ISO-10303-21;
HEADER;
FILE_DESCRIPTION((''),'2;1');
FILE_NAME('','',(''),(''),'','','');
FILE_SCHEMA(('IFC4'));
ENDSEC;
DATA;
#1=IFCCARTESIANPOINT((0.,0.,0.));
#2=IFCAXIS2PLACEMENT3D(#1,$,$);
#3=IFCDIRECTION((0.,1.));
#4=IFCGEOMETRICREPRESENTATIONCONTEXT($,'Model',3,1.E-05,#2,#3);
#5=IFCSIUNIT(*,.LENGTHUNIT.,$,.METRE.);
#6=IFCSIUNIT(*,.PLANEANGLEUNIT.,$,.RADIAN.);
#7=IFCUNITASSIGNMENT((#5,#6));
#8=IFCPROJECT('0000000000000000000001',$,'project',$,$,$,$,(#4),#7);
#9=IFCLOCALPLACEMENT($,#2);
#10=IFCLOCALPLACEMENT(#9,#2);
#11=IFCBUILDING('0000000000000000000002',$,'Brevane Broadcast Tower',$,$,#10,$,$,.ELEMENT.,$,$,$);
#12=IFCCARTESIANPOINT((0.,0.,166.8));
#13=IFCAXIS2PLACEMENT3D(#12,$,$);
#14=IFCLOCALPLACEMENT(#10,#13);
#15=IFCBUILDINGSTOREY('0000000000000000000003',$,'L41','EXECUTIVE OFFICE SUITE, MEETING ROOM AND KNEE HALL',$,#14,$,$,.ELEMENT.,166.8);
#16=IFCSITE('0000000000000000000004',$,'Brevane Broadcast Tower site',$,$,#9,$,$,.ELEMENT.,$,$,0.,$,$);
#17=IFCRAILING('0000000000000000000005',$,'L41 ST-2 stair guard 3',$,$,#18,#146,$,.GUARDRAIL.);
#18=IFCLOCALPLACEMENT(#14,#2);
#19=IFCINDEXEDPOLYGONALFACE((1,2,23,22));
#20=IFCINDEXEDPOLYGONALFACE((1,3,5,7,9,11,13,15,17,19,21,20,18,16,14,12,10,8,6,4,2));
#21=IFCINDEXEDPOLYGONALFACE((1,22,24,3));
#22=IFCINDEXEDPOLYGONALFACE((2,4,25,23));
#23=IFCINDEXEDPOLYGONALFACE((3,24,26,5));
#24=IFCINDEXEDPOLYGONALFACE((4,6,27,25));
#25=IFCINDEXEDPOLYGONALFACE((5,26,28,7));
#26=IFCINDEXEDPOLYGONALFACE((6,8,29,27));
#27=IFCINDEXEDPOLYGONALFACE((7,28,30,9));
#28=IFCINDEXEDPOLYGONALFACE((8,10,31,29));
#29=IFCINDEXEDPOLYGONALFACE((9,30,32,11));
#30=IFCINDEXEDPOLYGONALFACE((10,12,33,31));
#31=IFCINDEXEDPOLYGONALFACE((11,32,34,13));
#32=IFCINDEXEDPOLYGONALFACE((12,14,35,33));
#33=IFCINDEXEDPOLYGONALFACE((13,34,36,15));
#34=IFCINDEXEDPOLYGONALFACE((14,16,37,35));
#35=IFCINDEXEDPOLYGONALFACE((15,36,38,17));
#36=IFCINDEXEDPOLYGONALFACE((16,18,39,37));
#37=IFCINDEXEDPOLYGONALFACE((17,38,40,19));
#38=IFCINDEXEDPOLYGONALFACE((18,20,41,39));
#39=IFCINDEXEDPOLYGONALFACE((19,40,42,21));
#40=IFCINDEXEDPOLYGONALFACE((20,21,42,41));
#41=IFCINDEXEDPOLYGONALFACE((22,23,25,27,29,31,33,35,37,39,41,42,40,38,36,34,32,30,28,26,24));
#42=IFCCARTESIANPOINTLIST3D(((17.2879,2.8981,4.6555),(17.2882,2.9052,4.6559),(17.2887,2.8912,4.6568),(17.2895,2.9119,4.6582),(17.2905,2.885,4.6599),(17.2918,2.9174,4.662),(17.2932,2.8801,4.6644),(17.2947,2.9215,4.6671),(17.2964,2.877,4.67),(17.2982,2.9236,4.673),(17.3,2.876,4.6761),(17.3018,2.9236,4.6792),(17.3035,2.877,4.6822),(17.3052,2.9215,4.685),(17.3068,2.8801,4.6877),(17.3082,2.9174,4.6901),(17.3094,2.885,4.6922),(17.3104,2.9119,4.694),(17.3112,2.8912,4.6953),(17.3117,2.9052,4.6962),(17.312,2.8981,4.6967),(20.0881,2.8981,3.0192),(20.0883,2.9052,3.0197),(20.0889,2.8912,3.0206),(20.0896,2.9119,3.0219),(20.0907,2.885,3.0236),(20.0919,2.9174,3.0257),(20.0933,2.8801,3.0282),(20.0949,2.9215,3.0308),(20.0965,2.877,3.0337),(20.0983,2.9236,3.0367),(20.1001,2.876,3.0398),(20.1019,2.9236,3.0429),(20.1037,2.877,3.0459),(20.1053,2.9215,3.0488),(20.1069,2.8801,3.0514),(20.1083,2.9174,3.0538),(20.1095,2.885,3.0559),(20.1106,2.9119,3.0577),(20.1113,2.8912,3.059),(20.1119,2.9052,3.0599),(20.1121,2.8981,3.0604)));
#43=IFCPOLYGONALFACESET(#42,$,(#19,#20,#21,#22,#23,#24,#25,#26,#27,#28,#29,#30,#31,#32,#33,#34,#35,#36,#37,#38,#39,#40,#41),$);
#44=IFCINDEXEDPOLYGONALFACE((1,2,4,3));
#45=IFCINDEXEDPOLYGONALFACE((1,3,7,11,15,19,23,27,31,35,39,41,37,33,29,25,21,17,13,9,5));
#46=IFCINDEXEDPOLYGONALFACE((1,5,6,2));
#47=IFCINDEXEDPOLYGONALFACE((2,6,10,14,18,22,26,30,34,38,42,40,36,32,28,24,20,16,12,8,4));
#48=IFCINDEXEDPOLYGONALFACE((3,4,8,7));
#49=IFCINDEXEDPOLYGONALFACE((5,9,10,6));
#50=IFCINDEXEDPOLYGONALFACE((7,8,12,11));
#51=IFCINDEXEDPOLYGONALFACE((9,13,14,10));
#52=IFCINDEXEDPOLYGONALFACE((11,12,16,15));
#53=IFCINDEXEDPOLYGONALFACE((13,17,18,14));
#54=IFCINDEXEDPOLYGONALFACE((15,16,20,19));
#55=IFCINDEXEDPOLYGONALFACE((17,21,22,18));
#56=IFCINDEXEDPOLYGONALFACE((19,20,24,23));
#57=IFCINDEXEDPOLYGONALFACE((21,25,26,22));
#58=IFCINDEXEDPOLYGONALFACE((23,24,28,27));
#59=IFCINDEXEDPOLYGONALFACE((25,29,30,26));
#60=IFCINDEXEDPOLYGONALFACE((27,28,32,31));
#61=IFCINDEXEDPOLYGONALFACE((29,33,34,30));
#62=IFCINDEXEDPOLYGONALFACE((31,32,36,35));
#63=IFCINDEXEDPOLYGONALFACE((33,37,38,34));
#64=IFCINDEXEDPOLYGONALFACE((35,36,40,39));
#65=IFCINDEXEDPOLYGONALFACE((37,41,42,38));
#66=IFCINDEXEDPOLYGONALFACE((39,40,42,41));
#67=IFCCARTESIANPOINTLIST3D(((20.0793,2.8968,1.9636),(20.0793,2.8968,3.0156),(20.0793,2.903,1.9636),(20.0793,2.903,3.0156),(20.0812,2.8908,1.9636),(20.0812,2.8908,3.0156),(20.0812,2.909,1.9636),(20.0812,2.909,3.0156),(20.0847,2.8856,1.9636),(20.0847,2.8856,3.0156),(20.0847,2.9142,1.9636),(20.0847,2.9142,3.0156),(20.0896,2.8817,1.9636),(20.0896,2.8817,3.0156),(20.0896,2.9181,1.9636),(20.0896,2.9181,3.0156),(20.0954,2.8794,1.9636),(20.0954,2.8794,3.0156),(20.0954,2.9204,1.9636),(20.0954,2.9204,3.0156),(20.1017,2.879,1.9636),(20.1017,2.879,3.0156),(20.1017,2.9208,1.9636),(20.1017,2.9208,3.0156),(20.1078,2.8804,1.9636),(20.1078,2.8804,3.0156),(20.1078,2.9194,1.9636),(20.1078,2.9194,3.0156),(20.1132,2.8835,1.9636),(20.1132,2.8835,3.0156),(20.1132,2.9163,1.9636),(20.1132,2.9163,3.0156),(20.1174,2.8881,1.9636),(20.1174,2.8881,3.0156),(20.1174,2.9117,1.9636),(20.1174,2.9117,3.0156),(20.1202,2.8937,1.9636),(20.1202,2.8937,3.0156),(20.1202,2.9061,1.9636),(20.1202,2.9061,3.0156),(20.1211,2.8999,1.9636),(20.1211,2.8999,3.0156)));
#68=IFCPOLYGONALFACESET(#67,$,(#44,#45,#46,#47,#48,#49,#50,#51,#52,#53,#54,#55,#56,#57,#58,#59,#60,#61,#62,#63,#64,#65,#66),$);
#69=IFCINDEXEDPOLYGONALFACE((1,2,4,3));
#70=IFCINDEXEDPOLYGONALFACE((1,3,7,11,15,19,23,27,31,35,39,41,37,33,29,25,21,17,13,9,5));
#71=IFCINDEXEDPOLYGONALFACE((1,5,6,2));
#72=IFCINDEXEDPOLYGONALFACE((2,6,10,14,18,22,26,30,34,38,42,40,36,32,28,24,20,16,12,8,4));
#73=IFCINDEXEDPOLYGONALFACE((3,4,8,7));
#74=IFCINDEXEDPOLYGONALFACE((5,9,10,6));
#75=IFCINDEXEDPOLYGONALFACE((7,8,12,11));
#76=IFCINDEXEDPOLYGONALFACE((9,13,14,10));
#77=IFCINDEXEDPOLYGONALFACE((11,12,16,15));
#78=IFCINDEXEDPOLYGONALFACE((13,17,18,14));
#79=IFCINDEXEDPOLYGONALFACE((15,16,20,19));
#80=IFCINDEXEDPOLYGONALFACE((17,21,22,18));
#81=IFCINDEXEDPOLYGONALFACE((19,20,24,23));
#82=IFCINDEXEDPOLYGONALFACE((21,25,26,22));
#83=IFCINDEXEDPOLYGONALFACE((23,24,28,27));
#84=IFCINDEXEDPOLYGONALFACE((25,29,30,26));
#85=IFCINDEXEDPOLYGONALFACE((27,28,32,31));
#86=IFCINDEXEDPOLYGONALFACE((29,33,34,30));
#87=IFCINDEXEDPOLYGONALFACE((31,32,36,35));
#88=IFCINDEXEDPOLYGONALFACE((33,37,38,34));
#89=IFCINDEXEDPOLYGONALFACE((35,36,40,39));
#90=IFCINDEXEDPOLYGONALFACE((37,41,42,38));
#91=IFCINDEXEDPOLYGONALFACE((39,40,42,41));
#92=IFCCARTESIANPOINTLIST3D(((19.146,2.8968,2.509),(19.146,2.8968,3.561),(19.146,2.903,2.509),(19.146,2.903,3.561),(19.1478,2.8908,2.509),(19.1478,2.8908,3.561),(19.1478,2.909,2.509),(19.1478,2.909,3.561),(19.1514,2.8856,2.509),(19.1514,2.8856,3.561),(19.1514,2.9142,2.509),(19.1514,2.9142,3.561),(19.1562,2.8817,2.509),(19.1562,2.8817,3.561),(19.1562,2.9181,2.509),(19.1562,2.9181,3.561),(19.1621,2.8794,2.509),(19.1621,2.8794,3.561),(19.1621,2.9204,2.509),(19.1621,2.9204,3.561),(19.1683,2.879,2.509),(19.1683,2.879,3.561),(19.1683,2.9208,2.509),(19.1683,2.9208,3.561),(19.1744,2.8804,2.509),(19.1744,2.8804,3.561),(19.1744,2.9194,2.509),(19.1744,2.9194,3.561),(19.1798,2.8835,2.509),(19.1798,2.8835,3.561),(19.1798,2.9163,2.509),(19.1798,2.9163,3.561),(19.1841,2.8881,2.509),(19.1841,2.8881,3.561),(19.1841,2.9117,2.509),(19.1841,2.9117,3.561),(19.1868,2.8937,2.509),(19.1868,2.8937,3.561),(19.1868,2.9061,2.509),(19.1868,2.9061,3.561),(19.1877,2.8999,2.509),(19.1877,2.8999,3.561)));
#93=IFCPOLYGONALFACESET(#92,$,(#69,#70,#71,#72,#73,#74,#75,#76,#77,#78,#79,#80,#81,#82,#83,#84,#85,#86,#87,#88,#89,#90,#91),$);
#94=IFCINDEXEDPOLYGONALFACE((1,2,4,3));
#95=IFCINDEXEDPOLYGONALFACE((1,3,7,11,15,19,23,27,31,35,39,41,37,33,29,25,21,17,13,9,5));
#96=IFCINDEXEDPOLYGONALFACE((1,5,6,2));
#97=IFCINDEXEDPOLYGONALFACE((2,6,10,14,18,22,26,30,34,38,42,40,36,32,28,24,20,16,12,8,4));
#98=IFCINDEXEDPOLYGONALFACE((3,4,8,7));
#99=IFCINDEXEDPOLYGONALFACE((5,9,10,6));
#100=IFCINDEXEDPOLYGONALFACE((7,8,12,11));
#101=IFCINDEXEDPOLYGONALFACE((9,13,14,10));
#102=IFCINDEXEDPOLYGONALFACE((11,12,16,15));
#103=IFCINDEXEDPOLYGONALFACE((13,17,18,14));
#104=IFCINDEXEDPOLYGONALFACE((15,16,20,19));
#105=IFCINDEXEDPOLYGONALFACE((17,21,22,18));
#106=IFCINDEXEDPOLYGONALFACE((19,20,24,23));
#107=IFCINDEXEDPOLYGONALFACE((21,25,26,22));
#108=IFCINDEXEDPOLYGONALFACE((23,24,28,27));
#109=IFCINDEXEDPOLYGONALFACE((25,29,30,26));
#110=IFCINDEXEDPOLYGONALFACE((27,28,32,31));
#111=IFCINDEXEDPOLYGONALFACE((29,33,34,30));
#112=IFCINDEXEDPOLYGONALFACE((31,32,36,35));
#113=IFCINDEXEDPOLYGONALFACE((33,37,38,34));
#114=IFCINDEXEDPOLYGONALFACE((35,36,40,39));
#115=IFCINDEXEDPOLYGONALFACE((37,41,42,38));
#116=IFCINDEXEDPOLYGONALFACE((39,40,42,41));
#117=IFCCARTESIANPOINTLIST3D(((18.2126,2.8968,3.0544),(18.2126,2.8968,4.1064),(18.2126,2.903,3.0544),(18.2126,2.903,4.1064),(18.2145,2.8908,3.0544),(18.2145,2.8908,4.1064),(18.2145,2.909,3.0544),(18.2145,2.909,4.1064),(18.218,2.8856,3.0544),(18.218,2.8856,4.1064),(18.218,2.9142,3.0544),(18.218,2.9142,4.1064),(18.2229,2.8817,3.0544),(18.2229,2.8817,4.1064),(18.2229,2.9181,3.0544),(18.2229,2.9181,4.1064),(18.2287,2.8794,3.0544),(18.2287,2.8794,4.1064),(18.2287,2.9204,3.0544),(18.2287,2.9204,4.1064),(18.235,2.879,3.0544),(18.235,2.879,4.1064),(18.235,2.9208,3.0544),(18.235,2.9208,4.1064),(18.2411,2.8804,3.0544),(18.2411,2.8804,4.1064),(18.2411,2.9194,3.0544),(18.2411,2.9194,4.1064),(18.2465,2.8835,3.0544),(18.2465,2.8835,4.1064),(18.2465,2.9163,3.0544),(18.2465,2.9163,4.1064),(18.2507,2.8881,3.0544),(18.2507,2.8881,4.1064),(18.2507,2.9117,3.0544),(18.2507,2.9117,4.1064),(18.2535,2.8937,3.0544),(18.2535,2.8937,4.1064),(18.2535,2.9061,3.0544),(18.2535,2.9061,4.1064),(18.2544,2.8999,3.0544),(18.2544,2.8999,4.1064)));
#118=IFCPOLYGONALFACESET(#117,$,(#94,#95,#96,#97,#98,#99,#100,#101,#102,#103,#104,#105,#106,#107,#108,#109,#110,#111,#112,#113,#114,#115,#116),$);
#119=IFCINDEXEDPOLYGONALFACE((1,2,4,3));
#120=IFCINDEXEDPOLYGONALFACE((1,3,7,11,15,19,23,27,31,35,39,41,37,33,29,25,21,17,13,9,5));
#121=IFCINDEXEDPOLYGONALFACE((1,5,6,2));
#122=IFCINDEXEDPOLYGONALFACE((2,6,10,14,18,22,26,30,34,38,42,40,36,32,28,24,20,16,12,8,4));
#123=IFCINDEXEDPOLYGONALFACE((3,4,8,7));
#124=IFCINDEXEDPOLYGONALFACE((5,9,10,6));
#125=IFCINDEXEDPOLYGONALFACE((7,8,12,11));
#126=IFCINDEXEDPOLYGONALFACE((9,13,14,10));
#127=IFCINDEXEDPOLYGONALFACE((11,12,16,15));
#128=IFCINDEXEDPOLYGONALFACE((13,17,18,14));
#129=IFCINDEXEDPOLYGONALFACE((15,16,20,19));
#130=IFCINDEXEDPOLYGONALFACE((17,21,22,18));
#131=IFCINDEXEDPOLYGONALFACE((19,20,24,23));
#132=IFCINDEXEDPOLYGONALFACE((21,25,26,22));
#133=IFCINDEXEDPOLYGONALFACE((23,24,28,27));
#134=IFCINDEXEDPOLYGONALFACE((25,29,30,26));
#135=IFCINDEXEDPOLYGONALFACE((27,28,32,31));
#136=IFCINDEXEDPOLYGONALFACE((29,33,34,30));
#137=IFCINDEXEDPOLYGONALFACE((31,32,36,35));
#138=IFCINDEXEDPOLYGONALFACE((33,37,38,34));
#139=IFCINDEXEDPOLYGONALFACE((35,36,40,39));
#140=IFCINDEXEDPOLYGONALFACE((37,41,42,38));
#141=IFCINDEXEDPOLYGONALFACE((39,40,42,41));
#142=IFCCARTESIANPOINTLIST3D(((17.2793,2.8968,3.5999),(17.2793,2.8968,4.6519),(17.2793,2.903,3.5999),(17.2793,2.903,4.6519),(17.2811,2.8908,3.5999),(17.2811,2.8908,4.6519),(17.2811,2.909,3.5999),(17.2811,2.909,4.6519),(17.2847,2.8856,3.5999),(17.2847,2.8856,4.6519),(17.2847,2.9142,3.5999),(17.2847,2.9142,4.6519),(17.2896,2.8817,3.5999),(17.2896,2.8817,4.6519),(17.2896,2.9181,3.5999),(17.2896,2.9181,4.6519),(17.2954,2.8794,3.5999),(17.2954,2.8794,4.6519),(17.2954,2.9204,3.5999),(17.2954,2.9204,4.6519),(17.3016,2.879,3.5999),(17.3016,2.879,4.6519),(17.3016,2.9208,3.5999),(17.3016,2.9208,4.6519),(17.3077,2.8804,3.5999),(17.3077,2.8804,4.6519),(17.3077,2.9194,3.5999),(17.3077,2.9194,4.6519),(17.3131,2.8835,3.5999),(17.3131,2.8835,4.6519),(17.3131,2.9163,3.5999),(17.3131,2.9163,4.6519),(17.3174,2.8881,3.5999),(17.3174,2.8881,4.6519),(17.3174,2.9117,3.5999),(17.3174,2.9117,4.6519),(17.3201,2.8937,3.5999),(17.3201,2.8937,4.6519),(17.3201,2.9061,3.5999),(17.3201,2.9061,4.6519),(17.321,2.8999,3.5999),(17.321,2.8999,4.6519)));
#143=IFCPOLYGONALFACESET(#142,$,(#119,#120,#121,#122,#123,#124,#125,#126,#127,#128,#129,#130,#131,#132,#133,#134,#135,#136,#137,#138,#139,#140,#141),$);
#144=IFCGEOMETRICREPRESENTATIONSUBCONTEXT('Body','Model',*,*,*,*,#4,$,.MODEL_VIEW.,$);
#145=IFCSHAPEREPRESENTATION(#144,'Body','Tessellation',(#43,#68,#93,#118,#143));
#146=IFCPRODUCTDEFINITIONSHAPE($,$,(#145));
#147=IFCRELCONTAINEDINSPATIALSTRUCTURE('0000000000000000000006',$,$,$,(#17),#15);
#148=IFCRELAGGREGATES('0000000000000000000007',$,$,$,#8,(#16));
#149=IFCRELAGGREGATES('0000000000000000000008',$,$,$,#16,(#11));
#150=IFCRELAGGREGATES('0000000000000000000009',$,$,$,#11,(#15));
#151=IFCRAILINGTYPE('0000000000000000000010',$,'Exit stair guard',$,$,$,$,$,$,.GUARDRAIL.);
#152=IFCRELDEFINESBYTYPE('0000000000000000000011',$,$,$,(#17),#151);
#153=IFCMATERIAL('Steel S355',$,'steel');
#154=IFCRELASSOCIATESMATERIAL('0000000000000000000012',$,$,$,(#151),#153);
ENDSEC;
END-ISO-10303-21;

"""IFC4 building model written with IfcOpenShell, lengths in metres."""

from ifc_helpers import new_model, si_unit, direction, frame, origin, origin_2d, place, context, subcontext, project, spatial, circle, extrude, material, type_object, element, save


model = new_model("IFC4")

# Units and contexts
model_context = context("Model", 3, precision=1e-05, world=origin(), true_north=direction((0.0, 1.0)))
body_context = subcontext(model_context, "Body", "Model", "MODEL_VIEW")
ifc_project = project(units=[si_unit("LENGTHUNIT", "METRE"), si_unit("PLANEANGLEUNIT", "RADIAN")], contexts=[model_context])

# Site, building, storey
site_placement = place(None, origin())
site = spatial("IfcSite", under=ifc_project, at=site_placement, Name="Brevane Broadcast Tower site", CompositionType="ELEMENT", RefElevation=0.0)
building_placement = place(site_placement, origin())
building = spatial("IfcBuilding", under=site, at=building_placement, Name="Brevane Broadcast Tower", CompositionType="ELEMENT")
storey_placement = place(building_placement, frame((0.0, 0.0, 166.8)))
storey = spatial("IfcBuildingStorey", under=building, at=storey_placement, Name="L41", Description="EXECUTIVE OFFICE SUITE, MEETING ROOM AND KNEE HALL", CompositionType="ELEMENT", Elevation=166.8)

# Railing
ifc_material_1 = material(Name="Steel S355", Category="steel")
railing_type_1 = type_object("IfcRailingType", Name="Exit stair guard", PredefinedType="GUARDRAIL", material=ifc_material_1)
railing_1_placement = place(storey_placement, frame((20.1001, 2.8999, 1.9636)))
element("IfcRailing", 1, at=railing_1_placement, inside=storey, type_object=railing_type_1, Name="L41 ST-2 stair guard 3", PredefinedType="GUARDRAIL", context=body_context, shape_type="SweptSolid", body=[
    extrude(circle(Radius=0.0239, at=origin_2d()), frame((0.0, 0.0, 1.0762), z_axis=(-0.863394, 0.0, 0.504531), x_axis=(0.0, -1.0, 0.0)), (0.0, 0.0, 1.0), 3.2432),
    extrude(circle(Radius=0.021, at=origin_2d()), origin(), (0.0, 0.0, 1.0), 1.052),
    extrude(circle(Radius=0.021, at=origin_2d()), frame((-0.9333, 0.0, 0.5454)), (0.0, 0.0, 1.0), 1.052),
    extrude(circle(Radius=0.021, at=origin_2d()), frame((-1.8667, 0.0, 1.0908)), (0.0, 0.0, 1.0), 1.052),
    extrude(circle(Radius=0.021, at=origin_2d()), frame((-2.8, 0.0, 1.6362)), (0.0, 0.0, 1.0), 1.052),
])

save(model, "model.ifc")
